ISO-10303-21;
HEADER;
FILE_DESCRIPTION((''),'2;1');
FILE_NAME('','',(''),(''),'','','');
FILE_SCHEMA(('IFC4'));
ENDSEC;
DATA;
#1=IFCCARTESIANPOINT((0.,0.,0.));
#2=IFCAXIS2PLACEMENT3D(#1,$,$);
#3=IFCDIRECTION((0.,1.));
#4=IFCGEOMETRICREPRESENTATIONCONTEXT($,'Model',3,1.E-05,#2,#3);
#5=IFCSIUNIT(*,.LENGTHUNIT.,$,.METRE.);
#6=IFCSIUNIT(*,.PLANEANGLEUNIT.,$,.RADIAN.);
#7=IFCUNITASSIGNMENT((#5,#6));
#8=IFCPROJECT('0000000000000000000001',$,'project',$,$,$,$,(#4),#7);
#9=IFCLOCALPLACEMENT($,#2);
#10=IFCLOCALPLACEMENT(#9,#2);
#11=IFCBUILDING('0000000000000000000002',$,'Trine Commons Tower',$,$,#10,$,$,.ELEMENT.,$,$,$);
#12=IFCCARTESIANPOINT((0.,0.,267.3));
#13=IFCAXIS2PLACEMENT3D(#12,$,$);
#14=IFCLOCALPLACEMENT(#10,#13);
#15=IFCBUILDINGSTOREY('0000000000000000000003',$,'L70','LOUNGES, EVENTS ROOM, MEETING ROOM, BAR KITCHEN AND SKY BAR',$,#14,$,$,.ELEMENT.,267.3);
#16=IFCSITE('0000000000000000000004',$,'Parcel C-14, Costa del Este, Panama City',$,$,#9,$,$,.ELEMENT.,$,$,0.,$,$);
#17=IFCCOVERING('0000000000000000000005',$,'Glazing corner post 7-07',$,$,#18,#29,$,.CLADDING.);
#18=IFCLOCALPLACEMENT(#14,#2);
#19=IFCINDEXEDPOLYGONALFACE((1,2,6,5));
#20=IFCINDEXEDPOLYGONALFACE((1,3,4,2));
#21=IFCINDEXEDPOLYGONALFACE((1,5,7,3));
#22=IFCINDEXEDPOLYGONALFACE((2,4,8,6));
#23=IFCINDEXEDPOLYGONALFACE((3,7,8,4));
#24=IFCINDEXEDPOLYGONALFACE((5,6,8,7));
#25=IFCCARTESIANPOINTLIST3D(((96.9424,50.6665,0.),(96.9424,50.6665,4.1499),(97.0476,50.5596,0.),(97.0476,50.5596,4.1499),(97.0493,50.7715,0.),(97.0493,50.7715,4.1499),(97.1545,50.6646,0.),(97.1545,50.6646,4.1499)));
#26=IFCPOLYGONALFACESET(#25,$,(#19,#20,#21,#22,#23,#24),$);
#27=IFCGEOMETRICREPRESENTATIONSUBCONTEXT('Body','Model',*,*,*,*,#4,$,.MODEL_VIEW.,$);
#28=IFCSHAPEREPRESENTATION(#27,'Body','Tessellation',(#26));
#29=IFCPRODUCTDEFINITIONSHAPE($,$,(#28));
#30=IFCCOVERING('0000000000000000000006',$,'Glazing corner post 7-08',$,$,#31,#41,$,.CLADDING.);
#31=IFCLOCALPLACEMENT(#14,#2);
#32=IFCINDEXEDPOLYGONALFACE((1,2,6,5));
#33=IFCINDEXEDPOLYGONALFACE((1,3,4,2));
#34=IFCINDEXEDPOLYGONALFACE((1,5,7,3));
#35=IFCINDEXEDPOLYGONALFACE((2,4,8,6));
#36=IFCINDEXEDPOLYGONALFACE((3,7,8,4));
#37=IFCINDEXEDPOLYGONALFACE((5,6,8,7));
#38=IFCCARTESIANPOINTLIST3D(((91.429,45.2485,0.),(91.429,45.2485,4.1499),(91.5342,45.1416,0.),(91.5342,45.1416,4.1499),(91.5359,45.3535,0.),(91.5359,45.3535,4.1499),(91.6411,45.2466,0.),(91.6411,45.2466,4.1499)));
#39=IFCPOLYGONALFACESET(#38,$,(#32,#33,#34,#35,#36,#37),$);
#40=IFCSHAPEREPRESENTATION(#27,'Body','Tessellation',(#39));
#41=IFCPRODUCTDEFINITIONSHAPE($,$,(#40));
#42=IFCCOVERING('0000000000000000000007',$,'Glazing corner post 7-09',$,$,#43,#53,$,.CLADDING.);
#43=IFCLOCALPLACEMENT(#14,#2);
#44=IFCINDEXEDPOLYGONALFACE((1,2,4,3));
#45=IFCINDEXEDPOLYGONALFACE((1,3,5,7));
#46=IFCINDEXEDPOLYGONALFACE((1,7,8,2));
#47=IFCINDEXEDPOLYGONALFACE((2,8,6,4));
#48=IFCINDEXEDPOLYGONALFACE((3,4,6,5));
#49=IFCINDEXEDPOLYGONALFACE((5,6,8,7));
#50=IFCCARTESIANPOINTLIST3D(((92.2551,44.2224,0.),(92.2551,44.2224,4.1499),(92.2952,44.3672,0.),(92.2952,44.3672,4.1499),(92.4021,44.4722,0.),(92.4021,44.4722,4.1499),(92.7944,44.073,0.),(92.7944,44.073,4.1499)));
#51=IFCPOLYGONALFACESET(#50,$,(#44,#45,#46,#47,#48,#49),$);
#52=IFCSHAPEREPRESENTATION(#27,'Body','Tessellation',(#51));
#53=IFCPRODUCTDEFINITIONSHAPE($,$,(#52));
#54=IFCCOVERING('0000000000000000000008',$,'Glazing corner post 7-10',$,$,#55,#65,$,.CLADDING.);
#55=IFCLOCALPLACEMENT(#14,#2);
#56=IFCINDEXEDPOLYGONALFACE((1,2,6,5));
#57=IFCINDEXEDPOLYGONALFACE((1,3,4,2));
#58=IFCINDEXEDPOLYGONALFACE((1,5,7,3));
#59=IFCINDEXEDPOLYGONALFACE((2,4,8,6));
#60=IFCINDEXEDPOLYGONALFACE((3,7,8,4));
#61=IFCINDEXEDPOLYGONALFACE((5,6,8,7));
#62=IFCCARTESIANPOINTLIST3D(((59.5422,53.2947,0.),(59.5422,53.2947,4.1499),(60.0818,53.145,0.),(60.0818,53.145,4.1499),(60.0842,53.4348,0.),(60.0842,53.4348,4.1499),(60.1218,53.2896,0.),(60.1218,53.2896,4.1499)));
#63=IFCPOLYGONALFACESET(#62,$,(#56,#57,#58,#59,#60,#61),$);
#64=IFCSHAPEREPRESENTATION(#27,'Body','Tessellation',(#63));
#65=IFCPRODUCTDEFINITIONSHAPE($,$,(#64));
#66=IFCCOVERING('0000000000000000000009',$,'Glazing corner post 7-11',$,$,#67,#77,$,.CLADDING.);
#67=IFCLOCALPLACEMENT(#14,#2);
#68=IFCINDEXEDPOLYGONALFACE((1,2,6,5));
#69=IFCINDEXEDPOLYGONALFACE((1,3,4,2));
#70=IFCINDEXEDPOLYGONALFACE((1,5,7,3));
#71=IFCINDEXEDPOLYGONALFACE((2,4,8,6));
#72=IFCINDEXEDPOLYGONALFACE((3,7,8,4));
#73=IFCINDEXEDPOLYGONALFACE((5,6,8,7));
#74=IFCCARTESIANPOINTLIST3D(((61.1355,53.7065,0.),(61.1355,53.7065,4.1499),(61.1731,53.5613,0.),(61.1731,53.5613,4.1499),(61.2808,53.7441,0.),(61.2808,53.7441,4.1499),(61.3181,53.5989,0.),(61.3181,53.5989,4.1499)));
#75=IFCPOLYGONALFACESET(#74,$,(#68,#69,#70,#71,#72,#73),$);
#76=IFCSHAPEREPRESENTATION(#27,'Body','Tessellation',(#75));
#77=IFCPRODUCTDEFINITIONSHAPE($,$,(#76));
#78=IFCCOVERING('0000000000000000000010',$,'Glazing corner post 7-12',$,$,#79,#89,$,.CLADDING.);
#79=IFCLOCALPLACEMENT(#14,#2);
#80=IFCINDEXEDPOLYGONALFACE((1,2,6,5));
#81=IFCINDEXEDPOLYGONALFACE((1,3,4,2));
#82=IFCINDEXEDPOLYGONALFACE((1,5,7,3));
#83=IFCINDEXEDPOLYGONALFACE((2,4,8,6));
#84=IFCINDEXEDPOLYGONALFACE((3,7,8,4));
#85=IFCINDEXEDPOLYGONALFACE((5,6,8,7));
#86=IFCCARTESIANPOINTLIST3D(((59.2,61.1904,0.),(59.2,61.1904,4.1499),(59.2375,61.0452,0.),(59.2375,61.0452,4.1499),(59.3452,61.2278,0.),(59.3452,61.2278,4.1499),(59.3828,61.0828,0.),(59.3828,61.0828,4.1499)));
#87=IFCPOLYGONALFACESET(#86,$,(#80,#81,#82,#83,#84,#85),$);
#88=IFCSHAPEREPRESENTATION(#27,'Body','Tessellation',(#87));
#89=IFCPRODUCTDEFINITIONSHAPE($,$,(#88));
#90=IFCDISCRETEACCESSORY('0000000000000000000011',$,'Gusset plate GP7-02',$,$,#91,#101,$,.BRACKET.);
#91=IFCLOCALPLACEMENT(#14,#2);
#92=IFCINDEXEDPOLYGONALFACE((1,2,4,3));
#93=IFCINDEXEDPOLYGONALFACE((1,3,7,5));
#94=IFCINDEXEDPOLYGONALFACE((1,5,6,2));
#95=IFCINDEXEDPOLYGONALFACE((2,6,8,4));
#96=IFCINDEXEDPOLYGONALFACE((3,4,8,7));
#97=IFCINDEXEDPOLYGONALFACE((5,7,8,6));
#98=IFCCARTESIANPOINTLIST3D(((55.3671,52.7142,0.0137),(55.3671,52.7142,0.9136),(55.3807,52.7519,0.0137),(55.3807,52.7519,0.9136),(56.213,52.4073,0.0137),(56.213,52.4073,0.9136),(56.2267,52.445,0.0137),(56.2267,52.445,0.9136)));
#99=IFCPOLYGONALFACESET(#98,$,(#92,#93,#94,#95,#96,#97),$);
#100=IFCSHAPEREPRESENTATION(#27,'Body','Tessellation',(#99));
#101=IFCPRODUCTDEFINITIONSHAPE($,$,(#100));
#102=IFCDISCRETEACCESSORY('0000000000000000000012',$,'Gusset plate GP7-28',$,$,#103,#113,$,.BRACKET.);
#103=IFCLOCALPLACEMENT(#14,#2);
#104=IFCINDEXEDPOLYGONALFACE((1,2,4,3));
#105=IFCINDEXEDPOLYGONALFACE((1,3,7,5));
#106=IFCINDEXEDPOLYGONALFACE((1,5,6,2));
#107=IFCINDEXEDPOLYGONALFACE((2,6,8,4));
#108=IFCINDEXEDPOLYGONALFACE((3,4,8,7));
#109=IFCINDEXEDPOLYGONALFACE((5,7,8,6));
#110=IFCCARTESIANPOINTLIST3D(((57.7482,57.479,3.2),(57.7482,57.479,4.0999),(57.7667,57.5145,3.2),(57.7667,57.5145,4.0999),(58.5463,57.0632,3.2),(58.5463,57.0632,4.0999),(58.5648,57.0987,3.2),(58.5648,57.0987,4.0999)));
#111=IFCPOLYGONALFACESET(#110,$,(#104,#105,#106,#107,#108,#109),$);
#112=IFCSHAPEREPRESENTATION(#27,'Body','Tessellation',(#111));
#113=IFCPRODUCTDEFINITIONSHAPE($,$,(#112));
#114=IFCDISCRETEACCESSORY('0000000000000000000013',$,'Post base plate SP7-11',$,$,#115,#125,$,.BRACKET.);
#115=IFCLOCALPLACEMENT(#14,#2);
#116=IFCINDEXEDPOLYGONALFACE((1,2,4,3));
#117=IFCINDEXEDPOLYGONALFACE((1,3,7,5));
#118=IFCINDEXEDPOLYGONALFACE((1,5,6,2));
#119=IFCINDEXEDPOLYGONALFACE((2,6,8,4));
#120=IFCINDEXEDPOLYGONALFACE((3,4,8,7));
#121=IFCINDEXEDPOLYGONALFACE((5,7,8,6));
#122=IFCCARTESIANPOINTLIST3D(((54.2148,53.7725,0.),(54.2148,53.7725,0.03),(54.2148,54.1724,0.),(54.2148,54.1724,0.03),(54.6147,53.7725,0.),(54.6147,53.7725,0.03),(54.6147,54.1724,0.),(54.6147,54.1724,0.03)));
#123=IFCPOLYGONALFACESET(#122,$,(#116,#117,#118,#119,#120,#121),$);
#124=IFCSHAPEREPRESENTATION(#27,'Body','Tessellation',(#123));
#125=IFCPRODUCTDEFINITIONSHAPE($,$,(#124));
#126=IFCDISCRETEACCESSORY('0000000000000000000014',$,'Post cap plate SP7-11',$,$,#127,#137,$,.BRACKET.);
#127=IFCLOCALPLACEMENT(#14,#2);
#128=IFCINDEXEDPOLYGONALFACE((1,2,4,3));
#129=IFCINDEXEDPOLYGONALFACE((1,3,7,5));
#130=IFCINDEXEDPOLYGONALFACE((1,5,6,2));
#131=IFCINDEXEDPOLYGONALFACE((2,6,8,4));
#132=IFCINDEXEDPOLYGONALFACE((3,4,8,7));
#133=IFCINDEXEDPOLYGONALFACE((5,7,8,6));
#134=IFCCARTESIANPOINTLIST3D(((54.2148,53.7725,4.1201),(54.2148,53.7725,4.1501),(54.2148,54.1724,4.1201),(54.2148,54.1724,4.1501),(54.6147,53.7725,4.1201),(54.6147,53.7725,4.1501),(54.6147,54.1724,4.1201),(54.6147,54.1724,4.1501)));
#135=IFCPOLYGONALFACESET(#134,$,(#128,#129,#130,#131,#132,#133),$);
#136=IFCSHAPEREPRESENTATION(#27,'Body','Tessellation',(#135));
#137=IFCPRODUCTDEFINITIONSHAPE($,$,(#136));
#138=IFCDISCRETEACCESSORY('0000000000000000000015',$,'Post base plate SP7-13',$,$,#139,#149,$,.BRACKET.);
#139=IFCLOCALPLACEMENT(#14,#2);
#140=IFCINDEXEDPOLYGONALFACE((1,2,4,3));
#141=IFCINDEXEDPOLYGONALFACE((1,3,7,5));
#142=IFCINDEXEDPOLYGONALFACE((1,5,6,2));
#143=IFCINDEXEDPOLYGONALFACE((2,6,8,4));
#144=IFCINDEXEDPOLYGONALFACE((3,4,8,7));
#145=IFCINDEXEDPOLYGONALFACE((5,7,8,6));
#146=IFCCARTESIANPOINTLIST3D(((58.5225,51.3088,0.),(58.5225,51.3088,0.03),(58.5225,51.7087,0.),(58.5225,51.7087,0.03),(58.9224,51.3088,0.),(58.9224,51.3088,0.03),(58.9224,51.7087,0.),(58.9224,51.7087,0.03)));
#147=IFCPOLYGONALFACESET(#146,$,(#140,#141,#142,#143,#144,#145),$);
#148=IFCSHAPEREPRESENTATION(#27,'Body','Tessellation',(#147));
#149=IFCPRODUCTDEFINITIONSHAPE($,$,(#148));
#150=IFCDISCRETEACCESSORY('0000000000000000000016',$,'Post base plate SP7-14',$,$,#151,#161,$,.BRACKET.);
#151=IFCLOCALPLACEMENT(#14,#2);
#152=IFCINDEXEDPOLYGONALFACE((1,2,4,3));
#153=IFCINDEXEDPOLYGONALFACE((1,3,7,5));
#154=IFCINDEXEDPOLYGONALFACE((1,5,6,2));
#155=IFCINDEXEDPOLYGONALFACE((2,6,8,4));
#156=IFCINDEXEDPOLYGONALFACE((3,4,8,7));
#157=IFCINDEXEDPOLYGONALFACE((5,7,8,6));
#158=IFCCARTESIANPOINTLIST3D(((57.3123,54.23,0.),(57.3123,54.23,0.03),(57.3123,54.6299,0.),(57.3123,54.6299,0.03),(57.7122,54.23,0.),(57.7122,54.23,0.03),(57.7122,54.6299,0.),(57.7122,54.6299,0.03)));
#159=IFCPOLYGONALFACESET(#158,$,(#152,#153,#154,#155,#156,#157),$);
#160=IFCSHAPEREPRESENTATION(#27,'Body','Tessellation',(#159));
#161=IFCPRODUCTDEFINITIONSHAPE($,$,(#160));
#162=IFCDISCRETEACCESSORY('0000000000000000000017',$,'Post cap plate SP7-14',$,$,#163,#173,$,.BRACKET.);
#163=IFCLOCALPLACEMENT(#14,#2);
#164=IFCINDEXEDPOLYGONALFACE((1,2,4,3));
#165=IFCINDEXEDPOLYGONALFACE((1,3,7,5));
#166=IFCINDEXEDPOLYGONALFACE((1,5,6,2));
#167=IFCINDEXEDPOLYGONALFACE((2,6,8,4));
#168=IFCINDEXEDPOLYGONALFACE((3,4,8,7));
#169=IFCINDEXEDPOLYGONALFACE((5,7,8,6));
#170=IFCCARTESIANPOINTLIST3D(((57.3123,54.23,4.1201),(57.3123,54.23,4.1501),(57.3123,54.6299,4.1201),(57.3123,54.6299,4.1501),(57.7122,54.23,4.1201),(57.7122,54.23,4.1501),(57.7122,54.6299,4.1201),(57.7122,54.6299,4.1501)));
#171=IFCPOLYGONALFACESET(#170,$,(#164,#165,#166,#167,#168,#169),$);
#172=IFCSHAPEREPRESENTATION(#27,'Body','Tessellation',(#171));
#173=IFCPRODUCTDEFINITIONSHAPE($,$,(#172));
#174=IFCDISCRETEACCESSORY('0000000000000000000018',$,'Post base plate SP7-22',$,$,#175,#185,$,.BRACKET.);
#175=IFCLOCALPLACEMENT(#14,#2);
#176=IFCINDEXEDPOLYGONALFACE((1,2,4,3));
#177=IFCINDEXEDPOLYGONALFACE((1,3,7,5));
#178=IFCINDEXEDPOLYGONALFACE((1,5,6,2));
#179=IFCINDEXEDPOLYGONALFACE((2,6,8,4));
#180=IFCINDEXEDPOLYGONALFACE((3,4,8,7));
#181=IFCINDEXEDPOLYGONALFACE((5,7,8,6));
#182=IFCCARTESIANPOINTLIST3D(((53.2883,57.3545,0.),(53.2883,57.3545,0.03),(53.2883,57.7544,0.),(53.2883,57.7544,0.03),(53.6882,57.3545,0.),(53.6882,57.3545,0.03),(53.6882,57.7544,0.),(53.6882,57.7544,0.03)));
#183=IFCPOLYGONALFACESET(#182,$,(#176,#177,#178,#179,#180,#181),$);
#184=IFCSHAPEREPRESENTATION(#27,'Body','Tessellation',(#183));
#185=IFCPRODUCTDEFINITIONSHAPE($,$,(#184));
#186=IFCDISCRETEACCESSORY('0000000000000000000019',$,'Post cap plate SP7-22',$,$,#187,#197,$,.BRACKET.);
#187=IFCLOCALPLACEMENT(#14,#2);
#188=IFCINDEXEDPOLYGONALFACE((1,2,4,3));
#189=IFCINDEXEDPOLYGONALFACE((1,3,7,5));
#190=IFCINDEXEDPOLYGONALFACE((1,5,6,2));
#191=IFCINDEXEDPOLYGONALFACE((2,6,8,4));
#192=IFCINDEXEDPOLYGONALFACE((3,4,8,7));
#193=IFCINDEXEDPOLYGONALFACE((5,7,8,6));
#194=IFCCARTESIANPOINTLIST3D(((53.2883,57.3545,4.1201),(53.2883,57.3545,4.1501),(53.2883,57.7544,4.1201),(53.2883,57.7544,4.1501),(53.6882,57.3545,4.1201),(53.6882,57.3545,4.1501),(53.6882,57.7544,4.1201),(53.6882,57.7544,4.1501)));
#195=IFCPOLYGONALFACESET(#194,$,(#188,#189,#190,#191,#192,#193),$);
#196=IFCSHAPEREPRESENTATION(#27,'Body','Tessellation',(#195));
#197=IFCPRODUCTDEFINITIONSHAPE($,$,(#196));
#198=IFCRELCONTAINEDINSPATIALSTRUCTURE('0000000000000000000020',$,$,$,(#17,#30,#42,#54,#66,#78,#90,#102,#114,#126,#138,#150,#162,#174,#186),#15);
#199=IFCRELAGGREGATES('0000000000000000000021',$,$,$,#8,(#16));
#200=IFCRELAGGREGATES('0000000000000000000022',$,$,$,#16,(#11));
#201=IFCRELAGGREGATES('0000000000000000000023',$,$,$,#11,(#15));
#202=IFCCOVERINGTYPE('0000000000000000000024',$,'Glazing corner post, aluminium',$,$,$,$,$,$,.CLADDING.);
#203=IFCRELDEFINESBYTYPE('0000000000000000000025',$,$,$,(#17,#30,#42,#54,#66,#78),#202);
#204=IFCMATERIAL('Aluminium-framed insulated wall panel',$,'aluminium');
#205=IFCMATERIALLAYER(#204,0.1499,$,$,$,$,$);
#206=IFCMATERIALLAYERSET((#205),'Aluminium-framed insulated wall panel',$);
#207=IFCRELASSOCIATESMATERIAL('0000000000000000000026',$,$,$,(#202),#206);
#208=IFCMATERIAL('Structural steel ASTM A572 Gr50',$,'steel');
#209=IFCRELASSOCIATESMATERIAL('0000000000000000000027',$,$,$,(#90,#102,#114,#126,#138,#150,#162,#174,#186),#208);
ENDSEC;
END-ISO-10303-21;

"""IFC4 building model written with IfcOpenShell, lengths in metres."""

from ifc_helpers import new_model, si_unit, direction, frame, origin, origin_2d, place, context, subcontext, project, spatial, polyline, rectangle, outline, extrude, material, layer, layer_set, type_object, element, save


model = new_model("IFC4")

# Units and contexts
model_context = context("Model", 3, precision=1e-05, world=origin(), true_north=direction((0.0, 1.0)))
body_context = subcontext(model_context, "Body", "Model", "MODEL_VIEW")
ifc_project = project(units=[si_unit("LENGTHUNIT", "METRE"), si_unit("PLANEANGLEUNIT", "RADIAN")], contexts=[model_context])

# Site, building, storey
site_placement = place(None, origin())
site = spatial("IfcSite", under=ifc_project, at=site_placement, Name="Parcel C-14, Costa del Este, Panama City", CompositionType="ELEMENT", RefElevation=0.0)
building_placement = place(site_placement, origin())
building = spatial("IfcBuilding", under=site, at=building_placement, Name="Trine Commons Tower", CompositionType="ELEMENT")
storey_placement = place(building_placement, frame((0.0, 0.0, 267.3)))
storey = spatial("IfcBuildingStorey", under=building, at=storey_placement, Name="L70", Description="LOUNGES, EVENTS ROOM, MEETING ROOM, BAR KITCHEN AND SKY BAR", CompositionType="ELEMENT", Elevation=267.3)

# Coverings
ifc_material_1 = material(Name="Aluminium-framed insulated wall panel", Category="aluminium")
ifc_layer_1 = layer(ifc_material_1, 0.1499)
ifc_layer_set_1 = layer_set([ifc_layer_1], Name="Aluminium-framed insulated wall panel")
covering_type = type_object("IfcCoveringType", Name="Glazing corner post, aluminium", PredefinedType="CLADDING", material=ifc_layer_set_1)
covering_1_placement = place(storey_placement, origin())
element("IfcCovering", 1, at=covering_1_placement, inside=storey, type_object=covering_type, Name="Glazing corner post 7-07", PredefinedType="CLADDING", context=body_context, shape_type="SweptSolid", body=[
    extrude(outline(polyline([(96.9424, 50.6665), (97.0476, 50.5596), (97.1545, 50.6646), (97.0493, 50.7715), (96.9424, 50.6665)])), origin(), (0.0, 0.0, 1.0), 4.1499),
])
covering_2_placement = place(storey_placement, origin())
element("IfcCovering", 2, at=covering_2_placement, inside=storey, type_object=covering_type, Name="Glazing corner post 7-08", PredefinedType="CLADDING", context=body_context, shape_type="SweptSolid", body=[
    extrude(outline(polyline([(91.5342, 45.1416), (91.6411, 45.2466), (91.5359, 45.3535), (91.429, 45.2485), (91.5342, 45.1416)])), origin(), (0.0, 0.0, 1.0), 4.1499),
])
covering_3_placement = place(storey_placement, origin())
element("IfcCovering", 3, at=covering_3_placement, inside=storey, type_object=covering_type, Name="Glazing corner post 7-09", PredefinedType="CLADDING", context=body_context, shape_type="SweptSolid", body=[
    extrude(outline(polyline([(92.2551, 44.2224), (92.7944, 44.073), (92.4021, 44.4722), (92.2952, 44.3672), (92.2551, 44.2224)])), origin(), (0.0, 0.0, 1.0), 4.1499),
])
covering_4_placement = place(storey_placement, origin())
element("IfcCovering", 4, at=covering_4_placement, inside=storey, type_object=covering_type, Name="Glazing corner post 7-10", PredefinedType="CLADDING", context=body_context, shape_type="SweptSolid", body=[
    extrude(outline(polyline([(60.0818, 53.145), (60.1218, 53.2896), (60.0842, 53.4348), (59.5422, 53.2947), (60.0818, 53.145)])), origin(), (0.0, 0.0, 1.0), 4.1499),
])
covering_5_placement = place(storey_placement, origin())
element("IfcCovering", 5, at=covering_5_placement, inside=storey, type_object=covering_type, Name="Glazing corner post 7-11", PredefinedType="CLADDING", context=body_context, shape_type="SweptSolid", body=[
    extrude(outline(polyline([(61.1355, 53.7065), (61.1355, 53.7065), (61.1731, 53.5613), (61.3181, 53.5989), (61.2808, 53.7441), (61.1355, 53.7065)])), origin(), (0.0, 0.0, 1.0), 4.1499),
])
covering_6_placement = place(storey_placement, origin())
element("IfcCovering", 6, at=covering_6_placement, inside=storey, type_object=covering_type, Name="Glazing corner post 7-12", PredefinedType="CLADDING", context=body_context, shape_type="SweptSolid", body=[
    extrude(outline(polyline([(59.2, 61.1904), (59.2375, 61.0452), (59.3828, 61.0828), (59.3452, 61.2278), (59.2, 61.1904)])), origin(), (0.0, 0.0, 1.0), 4.1499),
])

# Discrete accessories
ifc_material_2 = material(Name="Structural steel ASTM A572 Gr50", Category="steel")
for number, where, z_axis, x_axis, name in (
    (7, (55.7969, 52.5796, 0.0137), (0.0, 0.0, 1.0), (0.940056, -0.34102, 0.0), "Gusset plate GP7-02"),
    (8, (58.1565, 57.2888, 3.2), (0.0, 0.0, 1.0), (0.886866, -0.462027, 0.0), "Gusset plate GP7-28"),
):
    element("IfcDiscreteAccessory", number, at=place(storey_placement, frame(where, z_axis=z_axis, x_axis=x_axis)), inside=storey, material=ifc_material_2, Name=name, PredefinedType="BRACKET", context=body_context, shape_type="SweptSolid", body=[
        extrude(rectangle(XDim=0.8999, YDim=0.04, at=origin_2d()), origin(), (0.0, 0.0, 1.0), 0.8999),
    ])
for number, where, z_axis, x_axis, name in (
    (9, (54.4148, 53.9724, 0.0), (0.0, 0.0, 1.0), (1.0, 0.0, 0.0), "Post base plate SP7-11"),
    (10, (54.4148, 53.9724, 4.1201), (0.0, 0.0, 1.0), (1.0, 0.0, 0.0), "Post cap plate SP7-11"),
    (11, (58.7224, 51.5088, 0.0), (0.0, 0.0, 1.0), (1.0, 0.0, 0.0), "Post base plate SP7-13"),
    (12, (57.5122, 54.4299, 0.0), (0.0, 0.0, 1.0), (1.0, 0.0, 0.0), "Post base plate SP7-14"),
    (13, (57.5122, 54.4299, 4.1201), (0.0, 0.0, 1.0), (1.0, 0.0, 0.0), "Post cap plate SP7-14"),
    (14, (53.4883, 57.5544, 0.0), (0.0, 0.0, 1.0), (1.0, 0.0, 0.0), "Post base plate SP7-22"),
    (15, (53.4883, 57.5544, 4.1201), (0.0, 0.0, 1.0), (1.0, 0.0, 0.0), "Post cap plate SP7-22"),
):
    element("IfcDiscreteAccessory", number, at=place(storey_placement, frame(where, z_axis=z_axis, x_axis=x_axis)), inside=storey, material=ifc_material_2, Name=name, PredefinedType="BRACKET", context=body_context, shape_type="SweptSolid", body=[
        extrude(rectangle(XDim=0.3999, YDim=0.3999, at=origin_2d()), origin(), (0.0, 0.0, 1.0), 0.03),
    ])

save(model, "model.ifc")
